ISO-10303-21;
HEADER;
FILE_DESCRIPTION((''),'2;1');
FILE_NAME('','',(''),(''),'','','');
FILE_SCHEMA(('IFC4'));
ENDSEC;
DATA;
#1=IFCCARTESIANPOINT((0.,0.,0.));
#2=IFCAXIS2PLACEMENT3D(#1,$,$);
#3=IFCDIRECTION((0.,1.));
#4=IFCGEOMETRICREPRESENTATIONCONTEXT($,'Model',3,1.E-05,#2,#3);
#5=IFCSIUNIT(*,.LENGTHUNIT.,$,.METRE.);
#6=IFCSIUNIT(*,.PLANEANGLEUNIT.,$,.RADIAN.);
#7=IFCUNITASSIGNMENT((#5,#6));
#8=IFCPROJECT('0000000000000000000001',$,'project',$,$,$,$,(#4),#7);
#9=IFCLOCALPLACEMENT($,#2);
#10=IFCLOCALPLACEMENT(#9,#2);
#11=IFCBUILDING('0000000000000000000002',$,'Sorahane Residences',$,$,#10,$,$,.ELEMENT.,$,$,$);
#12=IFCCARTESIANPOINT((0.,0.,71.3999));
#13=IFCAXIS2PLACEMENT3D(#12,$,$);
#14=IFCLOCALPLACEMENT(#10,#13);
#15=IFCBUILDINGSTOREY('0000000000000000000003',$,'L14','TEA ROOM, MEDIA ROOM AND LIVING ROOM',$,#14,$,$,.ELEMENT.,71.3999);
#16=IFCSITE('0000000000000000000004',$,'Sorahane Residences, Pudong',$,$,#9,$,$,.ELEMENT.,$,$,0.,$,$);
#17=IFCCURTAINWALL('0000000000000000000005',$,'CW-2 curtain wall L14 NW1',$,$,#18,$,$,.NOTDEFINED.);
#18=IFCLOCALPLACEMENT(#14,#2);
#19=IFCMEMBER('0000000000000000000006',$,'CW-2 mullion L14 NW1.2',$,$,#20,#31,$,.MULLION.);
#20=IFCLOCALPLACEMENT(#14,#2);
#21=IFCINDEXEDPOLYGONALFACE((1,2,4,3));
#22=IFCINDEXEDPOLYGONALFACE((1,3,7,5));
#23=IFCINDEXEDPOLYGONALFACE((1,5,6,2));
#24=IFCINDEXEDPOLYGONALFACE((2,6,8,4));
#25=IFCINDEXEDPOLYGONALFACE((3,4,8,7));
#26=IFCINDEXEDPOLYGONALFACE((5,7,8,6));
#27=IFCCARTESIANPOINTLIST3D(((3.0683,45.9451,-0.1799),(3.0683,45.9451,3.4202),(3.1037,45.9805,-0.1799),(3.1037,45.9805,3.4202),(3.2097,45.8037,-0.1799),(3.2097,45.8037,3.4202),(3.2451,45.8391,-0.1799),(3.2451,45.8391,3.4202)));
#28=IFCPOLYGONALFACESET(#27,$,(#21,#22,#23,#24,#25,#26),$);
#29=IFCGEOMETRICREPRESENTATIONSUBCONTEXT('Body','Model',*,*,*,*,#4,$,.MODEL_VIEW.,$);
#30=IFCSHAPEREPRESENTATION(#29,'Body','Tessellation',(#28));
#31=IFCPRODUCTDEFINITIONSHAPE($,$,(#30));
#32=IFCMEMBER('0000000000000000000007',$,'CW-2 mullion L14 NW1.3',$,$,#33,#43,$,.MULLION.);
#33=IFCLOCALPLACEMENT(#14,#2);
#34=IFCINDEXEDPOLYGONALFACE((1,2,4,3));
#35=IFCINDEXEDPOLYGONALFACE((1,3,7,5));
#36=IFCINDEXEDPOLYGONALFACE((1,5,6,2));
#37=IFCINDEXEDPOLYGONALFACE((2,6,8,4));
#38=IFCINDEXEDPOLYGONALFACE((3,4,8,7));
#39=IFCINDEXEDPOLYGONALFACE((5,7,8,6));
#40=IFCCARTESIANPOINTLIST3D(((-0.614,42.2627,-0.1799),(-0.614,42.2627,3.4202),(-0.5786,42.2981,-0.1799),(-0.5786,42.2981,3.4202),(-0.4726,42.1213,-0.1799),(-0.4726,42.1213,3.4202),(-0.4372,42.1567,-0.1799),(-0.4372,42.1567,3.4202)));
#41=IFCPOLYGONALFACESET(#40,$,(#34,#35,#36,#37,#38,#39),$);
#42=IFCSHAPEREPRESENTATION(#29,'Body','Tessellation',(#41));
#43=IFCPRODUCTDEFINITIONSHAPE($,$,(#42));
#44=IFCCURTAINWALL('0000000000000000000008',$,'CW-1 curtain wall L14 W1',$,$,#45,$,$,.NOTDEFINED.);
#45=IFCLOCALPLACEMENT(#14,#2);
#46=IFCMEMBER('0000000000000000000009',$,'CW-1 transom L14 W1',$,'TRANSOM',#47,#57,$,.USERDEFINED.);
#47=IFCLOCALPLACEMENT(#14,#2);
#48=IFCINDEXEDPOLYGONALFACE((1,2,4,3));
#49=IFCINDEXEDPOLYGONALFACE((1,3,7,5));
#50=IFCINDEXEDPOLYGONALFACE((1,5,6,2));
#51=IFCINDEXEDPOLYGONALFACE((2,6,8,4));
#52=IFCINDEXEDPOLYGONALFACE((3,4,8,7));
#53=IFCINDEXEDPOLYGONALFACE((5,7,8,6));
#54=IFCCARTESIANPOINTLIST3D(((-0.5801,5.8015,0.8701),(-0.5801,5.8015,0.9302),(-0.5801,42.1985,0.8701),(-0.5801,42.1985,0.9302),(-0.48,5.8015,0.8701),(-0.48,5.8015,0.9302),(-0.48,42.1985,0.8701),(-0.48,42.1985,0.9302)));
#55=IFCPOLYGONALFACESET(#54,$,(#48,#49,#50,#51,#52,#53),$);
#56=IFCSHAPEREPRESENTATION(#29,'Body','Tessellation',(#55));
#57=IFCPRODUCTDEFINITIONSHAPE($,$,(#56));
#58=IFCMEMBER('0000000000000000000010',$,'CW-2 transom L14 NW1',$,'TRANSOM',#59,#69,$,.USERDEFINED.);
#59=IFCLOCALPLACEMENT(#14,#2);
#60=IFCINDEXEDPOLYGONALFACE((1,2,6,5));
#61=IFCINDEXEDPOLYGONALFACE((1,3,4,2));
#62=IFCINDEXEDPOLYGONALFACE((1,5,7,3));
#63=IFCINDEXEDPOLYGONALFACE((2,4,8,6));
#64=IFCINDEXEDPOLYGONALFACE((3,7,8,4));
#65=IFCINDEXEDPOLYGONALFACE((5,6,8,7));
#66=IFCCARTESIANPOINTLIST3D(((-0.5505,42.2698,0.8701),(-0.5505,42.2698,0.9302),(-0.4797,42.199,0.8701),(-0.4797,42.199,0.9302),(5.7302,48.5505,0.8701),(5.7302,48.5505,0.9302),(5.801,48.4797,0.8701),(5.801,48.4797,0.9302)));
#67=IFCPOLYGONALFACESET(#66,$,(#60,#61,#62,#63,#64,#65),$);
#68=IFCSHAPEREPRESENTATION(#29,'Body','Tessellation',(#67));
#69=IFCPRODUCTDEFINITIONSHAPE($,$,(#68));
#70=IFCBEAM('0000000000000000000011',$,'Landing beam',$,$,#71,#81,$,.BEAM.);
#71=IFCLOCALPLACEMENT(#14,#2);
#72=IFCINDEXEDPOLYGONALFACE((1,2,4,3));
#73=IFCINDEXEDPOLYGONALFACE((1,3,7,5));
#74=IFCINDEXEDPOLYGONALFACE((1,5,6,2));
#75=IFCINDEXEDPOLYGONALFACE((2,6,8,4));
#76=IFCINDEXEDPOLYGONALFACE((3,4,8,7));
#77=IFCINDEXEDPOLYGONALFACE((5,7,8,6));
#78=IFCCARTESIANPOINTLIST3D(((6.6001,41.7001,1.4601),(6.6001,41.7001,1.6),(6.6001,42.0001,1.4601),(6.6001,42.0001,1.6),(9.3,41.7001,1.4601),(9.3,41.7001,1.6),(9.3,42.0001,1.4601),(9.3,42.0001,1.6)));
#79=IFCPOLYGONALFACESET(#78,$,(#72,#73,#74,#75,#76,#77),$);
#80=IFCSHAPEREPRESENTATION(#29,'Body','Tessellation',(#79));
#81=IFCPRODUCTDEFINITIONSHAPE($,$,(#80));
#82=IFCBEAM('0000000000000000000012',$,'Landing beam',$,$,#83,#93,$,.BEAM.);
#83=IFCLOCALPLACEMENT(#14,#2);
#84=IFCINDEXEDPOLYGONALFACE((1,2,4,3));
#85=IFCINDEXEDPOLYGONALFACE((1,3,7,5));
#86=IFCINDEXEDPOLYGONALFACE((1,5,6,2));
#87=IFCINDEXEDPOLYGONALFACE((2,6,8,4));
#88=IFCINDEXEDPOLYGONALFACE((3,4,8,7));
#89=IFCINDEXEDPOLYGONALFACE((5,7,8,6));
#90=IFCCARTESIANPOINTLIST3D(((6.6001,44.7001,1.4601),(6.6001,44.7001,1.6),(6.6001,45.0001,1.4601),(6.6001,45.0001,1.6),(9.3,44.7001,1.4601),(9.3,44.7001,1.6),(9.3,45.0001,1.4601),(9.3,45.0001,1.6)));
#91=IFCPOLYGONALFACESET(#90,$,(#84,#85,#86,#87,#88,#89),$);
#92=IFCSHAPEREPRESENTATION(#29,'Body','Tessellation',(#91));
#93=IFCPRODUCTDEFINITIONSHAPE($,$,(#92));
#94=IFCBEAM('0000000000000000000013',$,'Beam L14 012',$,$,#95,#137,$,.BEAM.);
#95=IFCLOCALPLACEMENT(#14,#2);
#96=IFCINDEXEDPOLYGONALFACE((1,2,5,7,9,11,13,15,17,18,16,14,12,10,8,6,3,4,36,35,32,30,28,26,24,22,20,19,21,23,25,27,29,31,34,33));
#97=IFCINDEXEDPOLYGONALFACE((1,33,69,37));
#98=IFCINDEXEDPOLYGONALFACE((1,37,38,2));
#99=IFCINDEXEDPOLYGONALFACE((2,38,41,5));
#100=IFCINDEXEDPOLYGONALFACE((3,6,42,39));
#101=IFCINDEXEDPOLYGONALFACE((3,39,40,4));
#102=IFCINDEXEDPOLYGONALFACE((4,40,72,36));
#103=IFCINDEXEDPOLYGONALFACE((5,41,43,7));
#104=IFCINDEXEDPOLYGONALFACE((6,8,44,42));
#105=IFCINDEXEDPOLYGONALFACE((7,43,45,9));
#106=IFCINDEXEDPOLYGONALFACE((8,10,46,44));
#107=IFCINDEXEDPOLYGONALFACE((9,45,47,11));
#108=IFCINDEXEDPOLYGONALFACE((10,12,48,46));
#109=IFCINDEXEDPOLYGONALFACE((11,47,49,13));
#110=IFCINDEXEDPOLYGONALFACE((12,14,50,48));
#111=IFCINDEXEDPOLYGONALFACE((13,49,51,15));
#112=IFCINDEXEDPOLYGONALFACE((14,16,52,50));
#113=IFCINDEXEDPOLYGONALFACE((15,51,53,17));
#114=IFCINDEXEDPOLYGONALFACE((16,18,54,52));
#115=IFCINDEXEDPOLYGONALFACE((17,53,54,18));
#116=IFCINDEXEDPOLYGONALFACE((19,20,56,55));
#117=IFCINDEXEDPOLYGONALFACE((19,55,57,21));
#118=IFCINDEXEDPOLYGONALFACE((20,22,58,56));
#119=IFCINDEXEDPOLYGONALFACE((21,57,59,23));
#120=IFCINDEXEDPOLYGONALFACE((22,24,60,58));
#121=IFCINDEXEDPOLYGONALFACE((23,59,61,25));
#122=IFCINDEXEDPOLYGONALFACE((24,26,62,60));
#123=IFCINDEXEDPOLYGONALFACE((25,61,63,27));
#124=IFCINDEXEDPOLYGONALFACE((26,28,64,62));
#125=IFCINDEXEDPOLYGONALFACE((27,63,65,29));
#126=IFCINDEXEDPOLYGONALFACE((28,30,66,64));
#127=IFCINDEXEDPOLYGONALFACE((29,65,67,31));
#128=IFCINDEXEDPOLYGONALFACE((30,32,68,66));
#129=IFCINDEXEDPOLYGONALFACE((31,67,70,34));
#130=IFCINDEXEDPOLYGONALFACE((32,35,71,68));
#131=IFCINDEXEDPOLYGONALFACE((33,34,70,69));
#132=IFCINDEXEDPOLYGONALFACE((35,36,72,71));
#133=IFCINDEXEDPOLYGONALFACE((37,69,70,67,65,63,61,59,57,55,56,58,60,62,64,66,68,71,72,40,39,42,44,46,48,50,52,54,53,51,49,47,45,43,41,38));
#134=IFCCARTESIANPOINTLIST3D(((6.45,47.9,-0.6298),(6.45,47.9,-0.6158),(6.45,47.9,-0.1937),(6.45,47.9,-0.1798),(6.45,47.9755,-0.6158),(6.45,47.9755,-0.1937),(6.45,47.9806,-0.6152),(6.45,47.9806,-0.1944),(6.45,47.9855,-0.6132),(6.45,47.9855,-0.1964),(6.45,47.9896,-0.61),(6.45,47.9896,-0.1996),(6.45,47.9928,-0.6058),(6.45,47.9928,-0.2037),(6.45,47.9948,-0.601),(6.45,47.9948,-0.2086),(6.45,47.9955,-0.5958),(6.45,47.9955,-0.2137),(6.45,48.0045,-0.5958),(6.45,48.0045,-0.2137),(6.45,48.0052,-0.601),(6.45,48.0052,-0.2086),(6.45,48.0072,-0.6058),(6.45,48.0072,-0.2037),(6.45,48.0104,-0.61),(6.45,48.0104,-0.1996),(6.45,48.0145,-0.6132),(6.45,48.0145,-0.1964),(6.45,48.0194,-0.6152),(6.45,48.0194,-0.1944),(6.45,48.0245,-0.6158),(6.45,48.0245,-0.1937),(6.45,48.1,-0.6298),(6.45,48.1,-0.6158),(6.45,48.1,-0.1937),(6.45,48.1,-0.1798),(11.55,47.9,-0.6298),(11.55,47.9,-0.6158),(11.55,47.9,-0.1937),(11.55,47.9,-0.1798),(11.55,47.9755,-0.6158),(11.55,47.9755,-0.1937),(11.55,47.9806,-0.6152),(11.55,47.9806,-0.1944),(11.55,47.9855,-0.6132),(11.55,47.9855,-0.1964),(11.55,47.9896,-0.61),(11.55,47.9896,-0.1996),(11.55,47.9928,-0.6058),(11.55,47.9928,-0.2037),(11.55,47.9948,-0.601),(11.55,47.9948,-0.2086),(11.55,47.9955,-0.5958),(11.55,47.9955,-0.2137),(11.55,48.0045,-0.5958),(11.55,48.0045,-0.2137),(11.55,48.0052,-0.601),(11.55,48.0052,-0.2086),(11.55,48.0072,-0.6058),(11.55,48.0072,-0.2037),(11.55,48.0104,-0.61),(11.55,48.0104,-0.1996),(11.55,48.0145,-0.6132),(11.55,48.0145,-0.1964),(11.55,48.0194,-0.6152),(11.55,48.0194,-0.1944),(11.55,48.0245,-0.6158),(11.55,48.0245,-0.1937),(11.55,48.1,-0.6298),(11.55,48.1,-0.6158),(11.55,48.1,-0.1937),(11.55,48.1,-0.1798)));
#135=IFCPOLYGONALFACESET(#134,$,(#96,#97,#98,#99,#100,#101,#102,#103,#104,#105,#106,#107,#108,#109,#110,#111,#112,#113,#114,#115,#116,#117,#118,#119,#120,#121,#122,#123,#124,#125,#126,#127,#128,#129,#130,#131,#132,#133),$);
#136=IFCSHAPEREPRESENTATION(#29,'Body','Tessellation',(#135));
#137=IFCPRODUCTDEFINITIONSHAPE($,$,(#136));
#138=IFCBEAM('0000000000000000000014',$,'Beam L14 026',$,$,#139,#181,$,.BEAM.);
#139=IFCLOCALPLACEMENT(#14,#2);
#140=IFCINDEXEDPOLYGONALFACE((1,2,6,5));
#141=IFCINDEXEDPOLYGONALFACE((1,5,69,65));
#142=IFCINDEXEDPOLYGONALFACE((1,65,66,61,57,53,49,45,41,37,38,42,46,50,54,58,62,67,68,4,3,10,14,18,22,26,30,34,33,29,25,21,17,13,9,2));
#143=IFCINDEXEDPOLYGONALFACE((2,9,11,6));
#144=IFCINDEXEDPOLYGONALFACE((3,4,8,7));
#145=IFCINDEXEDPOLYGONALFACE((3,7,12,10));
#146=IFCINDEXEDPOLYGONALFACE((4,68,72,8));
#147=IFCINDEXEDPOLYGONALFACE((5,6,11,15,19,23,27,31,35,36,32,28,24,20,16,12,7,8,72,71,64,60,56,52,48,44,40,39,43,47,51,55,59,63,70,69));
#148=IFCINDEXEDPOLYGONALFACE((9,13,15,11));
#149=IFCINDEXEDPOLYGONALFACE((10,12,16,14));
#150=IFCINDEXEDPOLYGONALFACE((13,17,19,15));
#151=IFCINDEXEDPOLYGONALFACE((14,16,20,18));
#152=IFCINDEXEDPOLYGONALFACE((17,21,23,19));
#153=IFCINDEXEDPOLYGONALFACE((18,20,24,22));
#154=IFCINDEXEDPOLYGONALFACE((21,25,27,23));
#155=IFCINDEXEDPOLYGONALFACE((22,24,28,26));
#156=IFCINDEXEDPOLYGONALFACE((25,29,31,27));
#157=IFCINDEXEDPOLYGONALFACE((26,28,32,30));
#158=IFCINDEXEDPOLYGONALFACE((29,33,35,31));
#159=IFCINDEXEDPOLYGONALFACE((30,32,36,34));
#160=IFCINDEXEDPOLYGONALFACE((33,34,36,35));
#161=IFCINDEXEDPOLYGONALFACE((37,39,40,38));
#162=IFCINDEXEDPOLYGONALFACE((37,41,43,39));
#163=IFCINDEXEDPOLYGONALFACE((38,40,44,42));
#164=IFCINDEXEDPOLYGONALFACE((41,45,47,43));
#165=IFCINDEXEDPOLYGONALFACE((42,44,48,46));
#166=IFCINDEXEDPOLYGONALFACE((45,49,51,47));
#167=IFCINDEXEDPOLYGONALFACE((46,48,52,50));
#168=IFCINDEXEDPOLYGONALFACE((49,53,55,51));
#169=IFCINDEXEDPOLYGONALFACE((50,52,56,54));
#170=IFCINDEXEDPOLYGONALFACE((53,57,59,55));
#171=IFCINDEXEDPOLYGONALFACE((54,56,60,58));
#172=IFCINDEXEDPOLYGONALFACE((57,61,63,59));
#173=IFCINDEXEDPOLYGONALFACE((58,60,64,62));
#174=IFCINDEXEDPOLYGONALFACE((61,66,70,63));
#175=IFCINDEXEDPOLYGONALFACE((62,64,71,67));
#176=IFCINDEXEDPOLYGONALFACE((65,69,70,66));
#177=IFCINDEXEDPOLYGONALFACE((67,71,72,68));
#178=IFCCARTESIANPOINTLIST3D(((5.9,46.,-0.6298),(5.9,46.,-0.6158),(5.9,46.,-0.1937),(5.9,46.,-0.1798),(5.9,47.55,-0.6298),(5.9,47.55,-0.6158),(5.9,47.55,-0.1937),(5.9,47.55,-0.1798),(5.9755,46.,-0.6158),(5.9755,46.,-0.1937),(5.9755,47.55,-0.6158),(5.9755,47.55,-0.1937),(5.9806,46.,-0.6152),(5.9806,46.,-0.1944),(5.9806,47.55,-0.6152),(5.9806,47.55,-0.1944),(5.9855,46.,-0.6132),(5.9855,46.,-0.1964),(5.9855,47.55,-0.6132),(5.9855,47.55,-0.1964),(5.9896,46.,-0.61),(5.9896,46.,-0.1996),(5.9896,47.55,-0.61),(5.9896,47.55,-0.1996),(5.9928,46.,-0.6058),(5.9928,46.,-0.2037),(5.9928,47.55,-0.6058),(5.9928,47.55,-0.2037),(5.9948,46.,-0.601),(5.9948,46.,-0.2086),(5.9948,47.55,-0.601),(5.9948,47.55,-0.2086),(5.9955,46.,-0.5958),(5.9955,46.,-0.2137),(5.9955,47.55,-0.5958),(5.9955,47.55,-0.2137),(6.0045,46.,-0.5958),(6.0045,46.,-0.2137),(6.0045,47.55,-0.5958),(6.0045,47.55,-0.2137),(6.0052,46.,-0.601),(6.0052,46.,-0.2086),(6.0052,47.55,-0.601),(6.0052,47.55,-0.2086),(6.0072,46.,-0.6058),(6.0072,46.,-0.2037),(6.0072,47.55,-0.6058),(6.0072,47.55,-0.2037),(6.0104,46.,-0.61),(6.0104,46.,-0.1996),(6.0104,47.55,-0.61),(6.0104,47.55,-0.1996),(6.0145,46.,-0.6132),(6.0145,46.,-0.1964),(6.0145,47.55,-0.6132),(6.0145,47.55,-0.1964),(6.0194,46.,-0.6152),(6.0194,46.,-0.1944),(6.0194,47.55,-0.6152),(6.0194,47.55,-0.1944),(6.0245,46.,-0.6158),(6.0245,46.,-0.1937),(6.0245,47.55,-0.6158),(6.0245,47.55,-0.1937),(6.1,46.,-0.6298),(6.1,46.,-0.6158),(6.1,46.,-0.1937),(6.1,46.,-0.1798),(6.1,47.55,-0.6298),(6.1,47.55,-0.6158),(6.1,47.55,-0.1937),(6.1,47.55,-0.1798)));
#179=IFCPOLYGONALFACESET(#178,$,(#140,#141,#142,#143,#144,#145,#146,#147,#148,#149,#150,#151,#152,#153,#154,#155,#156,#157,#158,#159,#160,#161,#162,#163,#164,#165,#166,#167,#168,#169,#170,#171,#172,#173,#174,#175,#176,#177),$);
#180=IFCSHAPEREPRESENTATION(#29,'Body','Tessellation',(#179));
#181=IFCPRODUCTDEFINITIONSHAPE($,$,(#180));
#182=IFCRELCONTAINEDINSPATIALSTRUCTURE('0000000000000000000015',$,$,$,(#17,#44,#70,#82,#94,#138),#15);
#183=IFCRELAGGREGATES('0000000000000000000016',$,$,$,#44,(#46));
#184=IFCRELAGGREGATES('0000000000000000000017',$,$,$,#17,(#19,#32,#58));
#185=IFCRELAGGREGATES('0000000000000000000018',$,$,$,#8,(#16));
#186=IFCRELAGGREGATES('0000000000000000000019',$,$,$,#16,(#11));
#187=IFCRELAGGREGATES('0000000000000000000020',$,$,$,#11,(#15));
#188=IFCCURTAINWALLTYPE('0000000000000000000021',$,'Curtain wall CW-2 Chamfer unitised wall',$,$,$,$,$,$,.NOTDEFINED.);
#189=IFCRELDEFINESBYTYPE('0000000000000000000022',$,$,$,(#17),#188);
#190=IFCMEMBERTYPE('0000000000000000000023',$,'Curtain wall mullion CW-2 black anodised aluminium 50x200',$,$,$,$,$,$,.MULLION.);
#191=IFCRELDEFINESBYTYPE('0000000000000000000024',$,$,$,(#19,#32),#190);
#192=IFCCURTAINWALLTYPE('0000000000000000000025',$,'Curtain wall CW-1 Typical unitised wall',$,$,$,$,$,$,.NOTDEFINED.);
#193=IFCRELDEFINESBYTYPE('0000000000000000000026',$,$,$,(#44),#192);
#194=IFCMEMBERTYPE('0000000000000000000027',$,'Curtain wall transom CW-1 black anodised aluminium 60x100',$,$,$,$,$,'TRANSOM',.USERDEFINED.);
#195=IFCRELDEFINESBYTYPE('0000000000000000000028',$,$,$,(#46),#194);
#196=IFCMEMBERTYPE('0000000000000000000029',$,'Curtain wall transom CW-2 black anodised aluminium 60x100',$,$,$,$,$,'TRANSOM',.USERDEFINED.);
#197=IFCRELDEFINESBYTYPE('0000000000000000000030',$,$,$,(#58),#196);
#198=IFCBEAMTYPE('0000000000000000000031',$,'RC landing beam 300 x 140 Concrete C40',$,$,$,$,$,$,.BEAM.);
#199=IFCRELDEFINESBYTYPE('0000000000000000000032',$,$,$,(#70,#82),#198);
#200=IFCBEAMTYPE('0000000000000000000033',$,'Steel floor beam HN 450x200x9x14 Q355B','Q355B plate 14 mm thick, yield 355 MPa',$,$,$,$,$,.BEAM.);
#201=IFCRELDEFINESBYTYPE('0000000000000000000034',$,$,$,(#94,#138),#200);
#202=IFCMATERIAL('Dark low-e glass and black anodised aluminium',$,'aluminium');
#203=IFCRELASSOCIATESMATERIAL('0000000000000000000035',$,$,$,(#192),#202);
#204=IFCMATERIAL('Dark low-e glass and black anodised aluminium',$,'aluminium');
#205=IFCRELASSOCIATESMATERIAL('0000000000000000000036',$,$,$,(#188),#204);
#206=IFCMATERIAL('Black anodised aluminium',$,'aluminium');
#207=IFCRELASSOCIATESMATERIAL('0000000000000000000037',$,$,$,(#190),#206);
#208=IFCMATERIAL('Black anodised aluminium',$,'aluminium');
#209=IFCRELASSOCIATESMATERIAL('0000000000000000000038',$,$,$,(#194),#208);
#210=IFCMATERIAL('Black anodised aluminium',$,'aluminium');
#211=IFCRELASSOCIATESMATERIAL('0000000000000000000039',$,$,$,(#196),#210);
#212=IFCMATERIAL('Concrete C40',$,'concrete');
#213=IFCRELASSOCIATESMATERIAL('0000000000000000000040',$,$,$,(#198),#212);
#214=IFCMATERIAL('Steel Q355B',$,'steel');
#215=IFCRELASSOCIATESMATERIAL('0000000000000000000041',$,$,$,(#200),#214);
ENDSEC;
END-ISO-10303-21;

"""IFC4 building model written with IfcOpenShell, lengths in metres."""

from ifc_helpers import new_model, si_unit, direction, frame, origin, origin_2d, place, context, subcontext, project, spatial, rectangle, i_section, extrude, material, material_profile, profile_set, type_object, element, aggregate, save


model = new_model("IFC4")

# Units and contexts
model_context = context("Model", 3, precision=1e-05, world=origin(), true_north=direction((0.0, 1.0)))
body_context = subcontext(model_context, "Body", "Model", "MODEL_VIEW")
ifc_project = project(units=[si_unit("LENGTHUNIT", "METRE"), si_unit("PLANEANGLEUNIT", "RADIAN")], contexts=[model_context])

# Site, building, storey
site_placement = place(None, origin())
site = spatial("IfcSite", under=ifc_project, at=site_placement, Name="Sorahane Residences, Pudong", CompositionType="ELEMENT", RefElevation=0.0)
building_placement = place(site_placement, origin())
building = spatial("IfcBuilding", under=site, at=building_placement, Name="Sorahane Residences", CompositionType="ELEMENT")
storey_placement = place(building_placement, frame((0.0, 0.0, 71.3999)))
storey = spatial("IfcBuildingStorey", under=building, at=storey_placement, Name="L14", Description="TEA ROOM, MEDIA ROOM AND LIVING ROOM", CompositionType="ELEMENT", Elevation=71.3999)

# Curtain wall, members
ifc_material_1 = material(Name="Dark low-e glass and black anodised aluminium", Category="aluminium")
curtain_wall_type_1 = type_object("IfcCurtainWallType", Name="Curtain wall CW-1 Typical unitised wall", PredefinedType="NOTDEFINED", material=ifc_material_1)
ifc_material_2 = material(Name="Dark low-e glass and black anodised aluminium", Category="aluminium")
curtain_wall_type_2 = type_object("IfcCurtainWallType", Name="Curtain wall CW-2 Chamfer unitised wall", PredefinedType="NOTDEFINED", material=ifc_material_2)
curtain_wall_1_placement = place(storey_placement, origin())
curtain_wall_1 = element("IfcCurtainWall", 1, at=curtain_wall_1_placement, inside=storey, type_object=curtain_wall_type_2, Name="CW-2 curtain wall L14 NW1", PredefinedType="NOTDEFINED")
ifc_material_3 = material(Name="Black anodised aluminium", Category="aluminium")
ifc_material_profile_1 = material_profile(ifc_material_3, rectangle(XDim=0.2, YDim=0.05, at=origin_2d()), Name="Curtain wall mullion CW-2 black anodised aluminium 50x200")
ifc_profile_set_1 = profile_set([ifc_material_profile_1], Name="Black anodised aluminium")
member_type_1 = type_object("IfcMemberType", Name="Curtain wall mullion CW-2 black anodised aluminium 50x200", PredefinedType="MULLION", material=ifc_profile_set_1)
member_1_placement = place(storey_placement, frame((3.1567, 45.8921, -0.1799), z_axis=(0.0, 0.0, 1.0), x_axis=(-0.707107, 0.707107, 0.0)))
member_1 = element("IfcMember", 2, at=member_1_placement, type_object=member_type_1, Name="CW-2 mullion L14 NW1.2", PredefinedType="MULLION", context=body_context, shape_type="SweptSolid", body=[
    extrude(rectangle(XDim=0.2, YDim=0.05, at=origin_2d()), origin(), (0.0, 0.0, 1.0), 3.6001),
])
member_2_placement = place(storey_placement, frame((-0.5256, 42.2097, -0.1799), z_axis=(0.0, 0.0, 1.0), x_axis=(-0.707107, 0.707107, 0.0)))
member_2 = element("IfcMember", 3, at=member_2_placement, type_object=member_type_1, Name="CW-2 mullion L14 NW1.3", PredefinedType="MULLION", context=body_context, shape_type="SweptSolid", body=[
    extrude(rectangle(XDim=0.2, YDim=0.05, at=origin_2d()), origin(), (0.0, 0.0, 1.0), 3.6001),
])

# Curtain wall, member
curtain_wall_2_placement = place(storey_placement, origin())
curtain_wall_2 = element("IfcCurtainWall", 4, at=curtain_wall_2_placement, inside=storey, type_object=curtain_wall_type_1, Name="CW-1 curtain wall L14 W1", PredefinedType="NOTDEFINED")
ifc_material_4 = material(Name="Black anodised aluminium", Category="aluminium")
ifc_material_profile_2 = material_profile(ifc_material_4, rectangle(XDim=0.1001, YDim=0.0601, at=origin_2d()), Name="Curtain wall transom CW-1 black anodised aluminium 60x100")
ifc_profile_set_2 = profile_set([ifc_material_profile_2], Name="Black anodised aluminium")
member_type_2 = type_object("IfcMemberType", Name="Curtain wall transom CW-1 black anodised aluminium 60x100", ElementType="TRANSOM", PredefinedType="USERDEFINED", material=ifc_profile_set_2)
member_3_placement = place(storey_placement, frame((-0.53, 42.1985, 0.9001), z_axis=(0.0, -1.0, 0.0), x_axis=(1.0, 0.0, 0.0)))
member_3 = element("IfcMember", 5, at=member_3_placement, type_object=member_type_2, Name="CW-1 transom L14 W1", ObjectType="TRANSOM", PredefinedType="USERDEFINED", context=body_context, shape_type="SweptSolid", body=[
    extrude(rectangle(XDim=0.1001, YDim=0.0601, at=origin_2d()), origin(), (0.0, 0.0, 1.0), 36.397),
])
aggregate(curtain_wall_2, [member_3])

# Member
ifc_material_5 = material(Name="Black anodised aluminium", Category="aluminium")
ifc_material_profile_3 = material_profile(ifc_material_5, rectangle(XDim=0.1001, YDim=0.0601, at=origin_2d()), Name="Curtain wall transom CW-2 black anodised aluminium 60x100")
ifc_profile_set_3 = profile_set([ifc_material_profile_3], Name="Black anodised aluminium")
member_type_3 = type_object("IfcMemberType", Name="Curtain wall transom CW-2 black anodised aluminium 60x100", ElementType="TRANSOM", PredefinedType="USERDEFINED", material=ifc_profile_set_3)
member_4_placement = place(storey_placement, frame((5.7656, 48.5151, 0.9001), z_axis=(-0.707107, -0.707107, 0.0), x_axis=(0.707107, -0.707107, 0.0)))
member_4 = element("IfcMember", 6, at=member_4_placement, type_object=member_type_3, Name="CW-2 transom L14 NW1", ObjectType="TRANSOM", PredefinedType="USERDEFINED", context=body_context, shape_type="SweptSolid", body=[
    extrude(rectangle(XDim=0.1001, YDim=0.0601, at=origin_2d()), origin(), (0.0, 0.0, 1.0), 8.8823),
])

# Beams
ifc_material_6 = material(Name="Concrete C40", Category="concrete")
ifc_material_profile_4 = material_profile(ifc_material_6, rectangle(XDim=0.3, YDim=0.1399, at=origin_2d()), Name="300x140")
ifc_profile_set_4 = profile_set([ifc_material_profile_4], Name="Concrete C40")
beam_type_1 = type_object("IfcBeamType", Name="RC landing beam 300 x 140 Concrete C40", PredefinedType="BEAM", material=ifc_profile_set_4)
for number, where, z_axis, x_axis, name in (
    (7, (6.6001, 41.8501, 1.53), (1.0, 0.0, 0.0), (0.0, 1.0, 0.0), "Landing beam"),
    (8, (6.6001, 44.8501, 1.53), (1.0, 0.0, 0.0), (0.0, 1.0, 0.0), "Landing beam"),
):
    element("IfcBeam", number, at=place(storey_placement, frame(where, z_axis=z_axis, x_axis=x_axis)), inside=storey, type_object=beam_type_1, Name=name, PredefinedType="BEAM", context=body_context, shape_type="SweptSolid", body=[
        extrude(rectangle(XDim=0.3, YDim=0.1399, at=origin_2d()), origin(), (0.0, 0.0, 1.0), 2.7),
    ])
ifc_material_7 = material(Name="Steel Q355B", Category="steel")
ifc_material_profile_5 = material_profile(ifc_material_7, i_section(OverallWidth=0.2, OverallDepth=0.45, WebThickness=0.009, FlangeThickness=0.0139, FilletRadius=0.02, at=origin_2d()), Name="HN 450x200x9x14")
ifc_profile_set_5 = profile_set([ifc_material_profile_5], Name="Steel Q355B")
beam_type_2 = type_object("IfcBeamType", Name="Steel floor beam HN 450x200x9x14 Q355B", Description="Q355B plate 14 mm thick, yield 355 MPa", PredefinedType="BEAM", material=ifc_profile_set_5)
beam_1_placement = place(storey_placement, frame((6.45, 48.0, -0.4048), z_axis=(1.0, 0.0, 0.0), x_axis=(0.0, 1.0, 0.0)))
element("IfcBeam", 9, at=beam_1_placement, inside=storey, type_object=beam_type_2, Name="Beam L14 012", PredefinedType="BEAM", context=body_context, shape_type="SweptSolid", body=[
    extrude(i_section(OverallWidth=0.2, OverallDepth=0.45, WebThickness=0.009, FlangeThickness=0.0139, FilletRadius=0.02, at=origin_2d()), origin(), (0.0, 0.0, 1.0), 5.1001),
])
for number, where, z_axis, x_axis, name in (
    (10, (6.0, 46.0, -0.4048), (0.0, 1.0, 0.0), (-1.0, 0.0, 0.0), "Beam L14 026"),
):
    element("IfcBeam", number, at=place(storey_placement, frame(where, z_axis=z_axis, x_axis=x_axis)), inside=storey, type_object=beam_type_2, Name=name, PredefinedType="BEAM", context=body_context, shape_type="SweptSolid", body=[
        extrude(i_section(OverallWidth=0.2, OverallDepth=0.45, WebThickness=0.009, FlangeThickness=0.0139, FilletRadius=0.02, at=origin_2d()), origin(), (0.0, 0.0, 1.0), 1.55),
    ])

aggregate(curtain_wall_1, [member_1, member_2, member_4])

save(model, "model.ifc")
